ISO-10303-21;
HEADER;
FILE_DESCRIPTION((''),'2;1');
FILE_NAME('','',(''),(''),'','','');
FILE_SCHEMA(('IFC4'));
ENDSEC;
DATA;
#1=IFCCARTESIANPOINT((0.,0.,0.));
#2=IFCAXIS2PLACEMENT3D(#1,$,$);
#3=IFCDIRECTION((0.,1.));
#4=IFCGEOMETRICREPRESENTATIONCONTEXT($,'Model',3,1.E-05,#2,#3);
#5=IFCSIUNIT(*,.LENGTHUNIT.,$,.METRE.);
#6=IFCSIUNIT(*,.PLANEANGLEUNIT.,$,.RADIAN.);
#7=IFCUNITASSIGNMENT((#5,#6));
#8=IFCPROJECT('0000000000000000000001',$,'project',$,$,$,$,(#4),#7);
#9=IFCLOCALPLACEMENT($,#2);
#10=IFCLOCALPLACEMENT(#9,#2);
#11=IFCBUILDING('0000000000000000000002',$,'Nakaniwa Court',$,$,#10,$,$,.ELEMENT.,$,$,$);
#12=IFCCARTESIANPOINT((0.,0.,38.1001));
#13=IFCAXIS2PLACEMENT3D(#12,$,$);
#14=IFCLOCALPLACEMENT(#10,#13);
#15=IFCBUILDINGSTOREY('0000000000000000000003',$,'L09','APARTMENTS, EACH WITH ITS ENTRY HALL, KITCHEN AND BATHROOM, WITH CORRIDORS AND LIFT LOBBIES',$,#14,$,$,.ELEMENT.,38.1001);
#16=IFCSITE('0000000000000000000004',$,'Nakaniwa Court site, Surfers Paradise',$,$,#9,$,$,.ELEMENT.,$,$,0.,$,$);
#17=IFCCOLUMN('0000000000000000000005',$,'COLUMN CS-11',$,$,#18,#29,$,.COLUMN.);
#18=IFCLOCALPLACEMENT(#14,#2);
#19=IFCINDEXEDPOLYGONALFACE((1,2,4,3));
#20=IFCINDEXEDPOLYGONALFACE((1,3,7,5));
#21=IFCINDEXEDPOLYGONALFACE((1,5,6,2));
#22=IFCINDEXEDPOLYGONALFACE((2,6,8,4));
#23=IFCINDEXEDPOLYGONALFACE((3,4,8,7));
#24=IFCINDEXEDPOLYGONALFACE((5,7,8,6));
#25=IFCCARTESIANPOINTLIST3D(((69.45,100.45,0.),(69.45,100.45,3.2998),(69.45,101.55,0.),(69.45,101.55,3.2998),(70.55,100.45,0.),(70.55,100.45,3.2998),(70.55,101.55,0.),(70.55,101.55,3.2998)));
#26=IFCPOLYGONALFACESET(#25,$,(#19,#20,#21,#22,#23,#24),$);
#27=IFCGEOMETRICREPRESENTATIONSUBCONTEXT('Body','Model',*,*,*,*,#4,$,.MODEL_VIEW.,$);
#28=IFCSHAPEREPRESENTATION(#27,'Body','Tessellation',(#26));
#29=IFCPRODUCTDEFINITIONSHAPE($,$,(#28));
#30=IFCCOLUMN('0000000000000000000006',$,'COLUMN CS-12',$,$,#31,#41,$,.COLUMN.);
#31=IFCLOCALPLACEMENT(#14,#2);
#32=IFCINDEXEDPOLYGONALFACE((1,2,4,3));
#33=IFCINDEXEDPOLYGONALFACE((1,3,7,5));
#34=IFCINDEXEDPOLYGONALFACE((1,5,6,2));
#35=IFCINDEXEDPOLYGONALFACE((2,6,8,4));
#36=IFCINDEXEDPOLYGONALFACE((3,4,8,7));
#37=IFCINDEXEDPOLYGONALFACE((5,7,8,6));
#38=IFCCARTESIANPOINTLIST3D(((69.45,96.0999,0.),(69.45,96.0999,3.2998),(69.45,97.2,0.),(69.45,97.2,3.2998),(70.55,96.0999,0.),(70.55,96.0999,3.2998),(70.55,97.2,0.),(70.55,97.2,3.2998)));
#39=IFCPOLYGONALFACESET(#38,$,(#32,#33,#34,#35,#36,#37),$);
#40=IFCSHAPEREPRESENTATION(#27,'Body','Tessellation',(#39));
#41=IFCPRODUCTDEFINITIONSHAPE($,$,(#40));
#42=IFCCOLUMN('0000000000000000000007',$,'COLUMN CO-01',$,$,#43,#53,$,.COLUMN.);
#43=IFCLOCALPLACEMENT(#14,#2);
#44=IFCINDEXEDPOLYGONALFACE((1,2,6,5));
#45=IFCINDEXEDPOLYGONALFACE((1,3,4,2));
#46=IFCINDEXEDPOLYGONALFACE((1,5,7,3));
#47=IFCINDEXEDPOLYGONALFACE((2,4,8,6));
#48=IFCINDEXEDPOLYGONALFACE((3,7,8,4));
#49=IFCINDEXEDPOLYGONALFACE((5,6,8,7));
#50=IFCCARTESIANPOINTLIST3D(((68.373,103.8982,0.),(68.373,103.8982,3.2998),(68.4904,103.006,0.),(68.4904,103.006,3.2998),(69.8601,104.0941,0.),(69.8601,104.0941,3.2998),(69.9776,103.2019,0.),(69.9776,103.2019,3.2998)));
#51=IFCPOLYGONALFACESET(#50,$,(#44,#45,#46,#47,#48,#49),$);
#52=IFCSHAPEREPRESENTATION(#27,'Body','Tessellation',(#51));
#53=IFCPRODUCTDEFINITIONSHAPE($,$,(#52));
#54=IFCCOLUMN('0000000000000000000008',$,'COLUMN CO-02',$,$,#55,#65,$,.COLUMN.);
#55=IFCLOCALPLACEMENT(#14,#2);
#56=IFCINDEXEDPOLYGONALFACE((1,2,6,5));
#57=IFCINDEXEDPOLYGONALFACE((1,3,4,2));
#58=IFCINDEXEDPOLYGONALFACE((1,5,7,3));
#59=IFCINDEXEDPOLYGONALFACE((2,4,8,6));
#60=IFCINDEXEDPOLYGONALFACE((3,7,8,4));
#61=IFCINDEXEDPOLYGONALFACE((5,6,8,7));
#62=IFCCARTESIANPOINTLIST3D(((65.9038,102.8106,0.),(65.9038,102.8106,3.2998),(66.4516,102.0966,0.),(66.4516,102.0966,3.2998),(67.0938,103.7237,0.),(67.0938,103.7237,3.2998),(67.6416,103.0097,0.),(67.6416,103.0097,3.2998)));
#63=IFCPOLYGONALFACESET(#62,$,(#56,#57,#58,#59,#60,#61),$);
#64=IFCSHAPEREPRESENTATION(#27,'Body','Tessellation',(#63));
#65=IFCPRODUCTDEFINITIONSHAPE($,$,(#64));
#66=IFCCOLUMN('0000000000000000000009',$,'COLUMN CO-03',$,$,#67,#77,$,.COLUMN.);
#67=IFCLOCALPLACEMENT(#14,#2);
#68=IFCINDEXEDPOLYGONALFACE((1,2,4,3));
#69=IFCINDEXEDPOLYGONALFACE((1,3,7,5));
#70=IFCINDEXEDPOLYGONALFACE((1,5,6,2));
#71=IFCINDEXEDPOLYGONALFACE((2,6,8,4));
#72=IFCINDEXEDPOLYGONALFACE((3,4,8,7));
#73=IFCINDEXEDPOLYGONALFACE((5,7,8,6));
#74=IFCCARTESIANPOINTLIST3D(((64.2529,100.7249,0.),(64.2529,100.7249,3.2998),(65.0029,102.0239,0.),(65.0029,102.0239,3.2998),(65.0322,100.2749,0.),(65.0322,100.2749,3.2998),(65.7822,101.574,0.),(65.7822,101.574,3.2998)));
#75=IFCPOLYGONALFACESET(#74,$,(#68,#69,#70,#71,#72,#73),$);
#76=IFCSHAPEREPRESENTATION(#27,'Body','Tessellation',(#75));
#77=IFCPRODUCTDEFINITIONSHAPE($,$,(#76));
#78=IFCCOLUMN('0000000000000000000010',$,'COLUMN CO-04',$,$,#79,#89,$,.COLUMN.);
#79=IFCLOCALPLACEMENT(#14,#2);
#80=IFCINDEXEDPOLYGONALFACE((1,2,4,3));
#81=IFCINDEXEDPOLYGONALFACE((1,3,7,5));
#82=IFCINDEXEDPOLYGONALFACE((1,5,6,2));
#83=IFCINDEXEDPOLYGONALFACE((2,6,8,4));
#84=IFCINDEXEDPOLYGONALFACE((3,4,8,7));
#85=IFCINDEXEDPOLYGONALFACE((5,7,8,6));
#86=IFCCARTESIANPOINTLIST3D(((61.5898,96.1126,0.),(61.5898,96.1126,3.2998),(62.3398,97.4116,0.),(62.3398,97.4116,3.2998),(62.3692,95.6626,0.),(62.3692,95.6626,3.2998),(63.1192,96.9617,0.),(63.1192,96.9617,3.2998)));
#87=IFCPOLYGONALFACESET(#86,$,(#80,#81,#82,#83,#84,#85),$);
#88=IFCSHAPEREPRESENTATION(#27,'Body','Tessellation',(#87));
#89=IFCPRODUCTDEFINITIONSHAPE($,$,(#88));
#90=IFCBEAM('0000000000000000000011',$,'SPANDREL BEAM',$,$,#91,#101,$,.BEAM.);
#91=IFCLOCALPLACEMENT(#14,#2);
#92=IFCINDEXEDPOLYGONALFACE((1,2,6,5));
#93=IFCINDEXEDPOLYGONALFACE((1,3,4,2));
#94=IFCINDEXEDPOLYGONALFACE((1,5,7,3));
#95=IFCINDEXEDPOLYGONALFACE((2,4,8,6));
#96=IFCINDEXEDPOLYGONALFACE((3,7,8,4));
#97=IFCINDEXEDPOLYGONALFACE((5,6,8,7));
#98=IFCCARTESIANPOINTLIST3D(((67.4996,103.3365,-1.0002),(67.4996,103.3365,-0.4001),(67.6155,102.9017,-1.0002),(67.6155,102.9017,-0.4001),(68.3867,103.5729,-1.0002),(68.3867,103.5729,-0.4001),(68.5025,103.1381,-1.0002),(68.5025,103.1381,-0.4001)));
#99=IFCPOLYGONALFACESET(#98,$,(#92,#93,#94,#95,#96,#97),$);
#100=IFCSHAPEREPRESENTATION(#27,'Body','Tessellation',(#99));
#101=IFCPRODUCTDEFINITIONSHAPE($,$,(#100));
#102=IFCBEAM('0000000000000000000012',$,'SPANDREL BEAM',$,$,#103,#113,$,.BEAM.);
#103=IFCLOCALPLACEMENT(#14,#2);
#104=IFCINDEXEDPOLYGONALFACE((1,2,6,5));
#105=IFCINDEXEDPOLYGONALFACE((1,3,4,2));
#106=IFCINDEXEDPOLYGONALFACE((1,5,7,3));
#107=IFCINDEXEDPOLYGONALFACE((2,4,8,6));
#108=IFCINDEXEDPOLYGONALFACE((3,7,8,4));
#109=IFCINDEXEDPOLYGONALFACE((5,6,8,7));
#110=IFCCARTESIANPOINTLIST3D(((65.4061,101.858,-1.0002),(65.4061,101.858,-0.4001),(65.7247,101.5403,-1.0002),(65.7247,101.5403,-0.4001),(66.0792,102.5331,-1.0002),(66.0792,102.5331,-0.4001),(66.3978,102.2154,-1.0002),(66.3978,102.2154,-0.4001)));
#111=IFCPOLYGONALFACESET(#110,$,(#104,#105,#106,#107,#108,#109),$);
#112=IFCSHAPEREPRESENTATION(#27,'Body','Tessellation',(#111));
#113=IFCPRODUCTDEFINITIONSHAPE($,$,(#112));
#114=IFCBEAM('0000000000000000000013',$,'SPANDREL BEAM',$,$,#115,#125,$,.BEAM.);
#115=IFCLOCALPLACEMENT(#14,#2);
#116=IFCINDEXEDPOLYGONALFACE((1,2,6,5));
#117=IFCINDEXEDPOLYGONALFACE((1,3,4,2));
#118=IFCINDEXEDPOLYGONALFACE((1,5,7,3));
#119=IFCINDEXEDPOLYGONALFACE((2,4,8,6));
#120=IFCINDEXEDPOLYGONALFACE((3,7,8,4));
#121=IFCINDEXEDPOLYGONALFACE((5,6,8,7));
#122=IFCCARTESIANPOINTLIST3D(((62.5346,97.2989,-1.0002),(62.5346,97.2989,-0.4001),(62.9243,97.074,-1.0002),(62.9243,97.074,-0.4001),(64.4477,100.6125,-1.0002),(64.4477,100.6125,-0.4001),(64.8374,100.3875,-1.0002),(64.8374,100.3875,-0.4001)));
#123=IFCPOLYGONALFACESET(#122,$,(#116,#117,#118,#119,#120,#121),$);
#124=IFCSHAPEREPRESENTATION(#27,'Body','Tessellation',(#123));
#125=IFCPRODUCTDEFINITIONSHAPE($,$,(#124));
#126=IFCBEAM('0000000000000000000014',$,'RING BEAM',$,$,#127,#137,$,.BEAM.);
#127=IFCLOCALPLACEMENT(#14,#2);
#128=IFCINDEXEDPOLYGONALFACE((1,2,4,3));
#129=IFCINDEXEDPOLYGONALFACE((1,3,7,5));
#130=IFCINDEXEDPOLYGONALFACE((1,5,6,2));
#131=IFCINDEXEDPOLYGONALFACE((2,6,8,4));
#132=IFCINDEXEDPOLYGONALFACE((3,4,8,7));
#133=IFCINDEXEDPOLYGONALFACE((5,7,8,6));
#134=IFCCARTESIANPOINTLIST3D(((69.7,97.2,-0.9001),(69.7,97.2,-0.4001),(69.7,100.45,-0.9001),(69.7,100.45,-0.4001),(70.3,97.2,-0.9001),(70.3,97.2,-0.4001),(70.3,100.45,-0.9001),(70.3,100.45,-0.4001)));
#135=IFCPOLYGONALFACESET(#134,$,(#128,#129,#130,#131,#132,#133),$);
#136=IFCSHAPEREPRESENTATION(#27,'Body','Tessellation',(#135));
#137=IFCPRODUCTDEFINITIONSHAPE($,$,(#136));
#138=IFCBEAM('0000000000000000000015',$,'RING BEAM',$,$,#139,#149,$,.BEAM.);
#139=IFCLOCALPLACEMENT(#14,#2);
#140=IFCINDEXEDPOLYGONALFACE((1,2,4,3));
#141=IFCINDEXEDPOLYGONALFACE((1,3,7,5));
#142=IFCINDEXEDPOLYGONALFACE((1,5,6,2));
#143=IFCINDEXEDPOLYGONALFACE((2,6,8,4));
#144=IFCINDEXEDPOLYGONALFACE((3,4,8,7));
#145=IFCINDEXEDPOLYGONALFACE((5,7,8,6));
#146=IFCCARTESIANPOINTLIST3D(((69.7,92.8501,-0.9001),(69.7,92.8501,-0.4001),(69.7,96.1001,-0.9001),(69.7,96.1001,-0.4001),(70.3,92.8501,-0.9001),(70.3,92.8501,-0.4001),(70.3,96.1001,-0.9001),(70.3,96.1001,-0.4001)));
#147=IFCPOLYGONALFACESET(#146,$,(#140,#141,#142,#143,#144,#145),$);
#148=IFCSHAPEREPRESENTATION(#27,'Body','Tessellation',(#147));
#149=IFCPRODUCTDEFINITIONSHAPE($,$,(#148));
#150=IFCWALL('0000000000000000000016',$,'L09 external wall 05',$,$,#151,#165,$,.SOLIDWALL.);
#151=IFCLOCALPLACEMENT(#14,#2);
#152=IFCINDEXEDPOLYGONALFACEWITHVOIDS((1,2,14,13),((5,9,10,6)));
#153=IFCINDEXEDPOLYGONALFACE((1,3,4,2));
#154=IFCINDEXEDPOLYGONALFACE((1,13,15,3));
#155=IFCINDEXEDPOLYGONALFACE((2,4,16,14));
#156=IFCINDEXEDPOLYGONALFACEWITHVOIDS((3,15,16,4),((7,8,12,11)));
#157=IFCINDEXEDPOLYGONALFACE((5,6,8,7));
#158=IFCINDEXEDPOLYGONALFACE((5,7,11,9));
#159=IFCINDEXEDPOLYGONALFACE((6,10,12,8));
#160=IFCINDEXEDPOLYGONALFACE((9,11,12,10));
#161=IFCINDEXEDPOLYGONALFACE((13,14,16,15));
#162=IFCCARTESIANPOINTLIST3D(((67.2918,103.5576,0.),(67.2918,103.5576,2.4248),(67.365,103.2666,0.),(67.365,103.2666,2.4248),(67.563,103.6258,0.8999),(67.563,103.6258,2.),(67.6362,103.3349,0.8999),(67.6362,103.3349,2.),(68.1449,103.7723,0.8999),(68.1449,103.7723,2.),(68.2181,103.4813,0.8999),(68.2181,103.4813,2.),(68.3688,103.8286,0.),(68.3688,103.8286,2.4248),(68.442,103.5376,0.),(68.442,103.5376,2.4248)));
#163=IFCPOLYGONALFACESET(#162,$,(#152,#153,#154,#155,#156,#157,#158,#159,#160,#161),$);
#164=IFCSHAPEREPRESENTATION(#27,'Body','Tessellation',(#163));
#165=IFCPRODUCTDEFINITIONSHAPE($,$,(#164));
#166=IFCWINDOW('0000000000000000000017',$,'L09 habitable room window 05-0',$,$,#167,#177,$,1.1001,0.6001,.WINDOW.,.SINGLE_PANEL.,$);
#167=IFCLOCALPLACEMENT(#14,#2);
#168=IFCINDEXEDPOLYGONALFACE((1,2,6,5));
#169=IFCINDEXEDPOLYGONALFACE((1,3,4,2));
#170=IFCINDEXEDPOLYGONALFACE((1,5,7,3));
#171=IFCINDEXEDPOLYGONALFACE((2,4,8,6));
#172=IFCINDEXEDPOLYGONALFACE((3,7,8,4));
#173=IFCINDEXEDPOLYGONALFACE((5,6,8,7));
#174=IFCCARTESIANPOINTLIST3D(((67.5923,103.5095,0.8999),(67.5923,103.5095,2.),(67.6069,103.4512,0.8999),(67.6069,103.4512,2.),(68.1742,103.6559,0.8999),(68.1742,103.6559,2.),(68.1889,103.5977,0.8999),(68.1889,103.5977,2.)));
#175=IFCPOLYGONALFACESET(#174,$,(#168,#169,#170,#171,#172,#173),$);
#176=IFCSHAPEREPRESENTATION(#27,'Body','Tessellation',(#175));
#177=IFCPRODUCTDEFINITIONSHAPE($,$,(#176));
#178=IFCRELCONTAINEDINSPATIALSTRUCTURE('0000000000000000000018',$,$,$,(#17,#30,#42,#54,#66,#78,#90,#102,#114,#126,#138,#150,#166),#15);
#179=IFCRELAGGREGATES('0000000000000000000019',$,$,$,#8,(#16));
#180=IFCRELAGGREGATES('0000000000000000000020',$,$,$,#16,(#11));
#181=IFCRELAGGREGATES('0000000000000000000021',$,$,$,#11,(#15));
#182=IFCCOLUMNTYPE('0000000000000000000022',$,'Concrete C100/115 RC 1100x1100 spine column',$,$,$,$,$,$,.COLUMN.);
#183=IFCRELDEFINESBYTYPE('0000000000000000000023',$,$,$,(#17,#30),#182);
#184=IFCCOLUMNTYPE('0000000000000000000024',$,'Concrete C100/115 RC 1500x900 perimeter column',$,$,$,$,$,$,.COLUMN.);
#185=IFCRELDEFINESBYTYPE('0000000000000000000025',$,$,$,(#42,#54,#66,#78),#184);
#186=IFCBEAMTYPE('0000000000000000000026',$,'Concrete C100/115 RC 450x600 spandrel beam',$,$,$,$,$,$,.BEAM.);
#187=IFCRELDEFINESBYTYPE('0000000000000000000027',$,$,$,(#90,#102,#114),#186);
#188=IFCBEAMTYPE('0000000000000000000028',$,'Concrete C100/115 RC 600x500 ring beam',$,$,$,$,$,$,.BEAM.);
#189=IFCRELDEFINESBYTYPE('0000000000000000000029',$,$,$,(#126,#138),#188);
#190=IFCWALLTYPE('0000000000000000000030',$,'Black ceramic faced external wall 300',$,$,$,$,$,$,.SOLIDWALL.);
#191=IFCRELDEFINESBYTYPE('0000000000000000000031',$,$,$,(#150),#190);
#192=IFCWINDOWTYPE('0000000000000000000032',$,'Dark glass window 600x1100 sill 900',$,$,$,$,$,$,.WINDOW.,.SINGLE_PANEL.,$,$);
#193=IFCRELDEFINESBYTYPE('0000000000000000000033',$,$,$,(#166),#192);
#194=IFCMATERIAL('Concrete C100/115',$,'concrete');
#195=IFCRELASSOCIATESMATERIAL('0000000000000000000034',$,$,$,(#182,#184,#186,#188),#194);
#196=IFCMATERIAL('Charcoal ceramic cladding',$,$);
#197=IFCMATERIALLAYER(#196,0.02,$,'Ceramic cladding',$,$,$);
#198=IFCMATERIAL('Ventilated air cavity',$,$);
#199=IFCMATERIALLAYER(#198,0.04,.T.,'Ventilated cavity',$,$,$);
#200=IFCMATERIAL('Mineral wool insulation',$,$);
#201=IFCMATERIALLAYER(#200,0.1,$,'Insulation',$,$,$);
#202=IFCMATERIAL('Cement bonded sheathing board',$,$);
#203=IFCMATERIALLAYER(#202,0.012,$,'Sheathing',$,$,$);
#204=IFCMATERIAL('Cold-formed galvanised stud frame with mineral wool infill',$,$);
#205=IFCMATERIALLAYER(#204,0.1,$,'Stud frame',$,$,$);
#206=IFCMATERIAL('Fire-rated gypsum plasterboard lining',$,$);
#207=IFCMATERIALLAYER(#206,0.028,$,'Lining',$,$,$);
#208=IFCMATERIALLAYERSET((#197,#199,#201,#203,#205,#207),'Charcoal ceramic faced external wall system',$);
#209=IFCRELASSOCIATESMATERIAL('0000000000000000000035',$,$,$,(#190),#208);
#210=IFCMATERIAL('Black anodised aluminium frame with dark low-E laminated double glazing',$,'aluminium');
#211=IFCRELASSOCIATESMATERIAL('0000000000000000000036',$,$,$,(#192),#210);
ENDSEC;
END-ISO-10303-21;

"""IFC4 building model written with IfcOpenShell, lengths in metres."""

from ifc_helpers import new_model, si_unit, direction, frame, frame_2d, origin, origin_2d, place, context, subcontext, project, spatial, rectangle, extrude, material, layer, layer_set, material_profile, profile_set, type_object, element, fill, save


model = new_model("IFC4")

# Units and contexts
model_context = context("Model", 3, precision=1e-05, world=origin(), true_north=direction((0.0, 1.0)))
body_context = subcontext(model_context, "Body", "Model", "MODEL_VIEW")
ifc_project = project(units=[si_unit("LENGTHUNIT", "METRE"), si_unit("PLANEANGLEUNIT", "RADIAN")], contexts=[model_context])

# Site, building, storey
site_placement = place(None, origin())
site = spatial("IfcSite", under=ifc_project, at=site_placement, Name="Nakaniwa Court site, Surfers Paradise", CompositionType="ELEMENT", RefElevation=0.0)
building_placement = place(site_placement, origin())
building = spatial("IfcBuilding", under=site, at=building_placement, Name="Nakaniwa Court", CompositionType="ELEMENT")
storey_placement = place(building_placement, frame((0.0, 0.0, 38.1001)))
storey = spatial("IfcBuildingStorey", under=building, at=storey_placement, Name="L09", Description="APARTMENTS, EACH WITH ITS ENTRY HALL, KITCHEN AND BATHROOM, WITH CORRIDORS AND LIFT LOBBIES", CompositionType="ELEMENT", Elevation=38.1001)

# Columns
ifc_material_1 = material(Name="Concrete C100/115", Category="concrete")
ifc_material_profile_1 = material_profile(ifc_material_1, rectangle(XDim=1.1001, YDim=1.1001, at=origin_2d()), Name="Concrete C100/115 RC 1100x1100 spine column")
ifc_profile_set_1 = profile_set([ifc_material_profile_1], Name="Concrete C100/115")
column_type_1 = type_object("IfcColumnType", Name="Concrete C100/115 RC 1100x1100 spine column", PredefinedType="COLUMN", material=ifc_profile_set_1)
for number, where, z_axis, x_axis, name in (
    (1, (70.0, 101.0, 0.0), (0.0, 0.0, 1.0), (0.0, -1.0, 0.0), "COLUMN CS-11"),
    (2, (70.0, 96.6499, 0.0), (0.0, 0.0, 1.0), (0.0, -1.0, 0.0), "COLUMN CS-12"),
):
    element("IfcColumn", number, at=place(storey_placement, frame(where, z_axis=z_axis, x_axis=x_axis)), inside=storey, type_object=column_type_1, Name=name, PredefinedType="COLUMN", context=body_context, shape_type="SweptSolid", body=[
        extrude(rectangle(XDim=1.1001, YDim=1.1001, at=origin_2d()), origin(), (0.0, 0.0, 1.0), 3.2998),
    ])
ifc_material_profile_2 = material_profile(ifc_material_1, rectangle(XDim=1.5, YDim=0.8999, at=origin_2d()), Name="Concrete C100/115 RC 1500x900 perimeter column")
ifc_profile_set_2 = profile_set([ifc_material_profile_2], Name="Concrete C100/115")
column_type_2 = type_object("IfcColumnType", Name="Concrete C100/115 RC 1500x900 perimeter column", PredefinedType="COLUMN", material=ifc_profile_set_2)
for number, where, z_axis, x_axis, name in (
    (3, (69.1753, 103.55, 0.0), (0.0, 0.0, 1.0), (-0.991443, -0.130543, 0.0), "COLUMN CO-01"),
    (4, (66.7727, 102.9102, 0.0), (0.0, 0.0, 1.0), (-0.793364, -0.608748, 0.0), "COLUMN CO-02"),
    (5, (65.0176, 101.1494, 0.0), (0.0, 0.0, 1.0), (-0.5, -0.866025, 0.0), "COLUMN CO-03"),
    (6, (62.3545, 96.5371, 0.0), (0.0, 0.0, 1.0), (-0.5, -0.866025, 0.0), "COLUMN CO-04"),
):
    element("IfcColumn", number, at=place(storey_placement, frame(where, z_axis=z_axis, x_axis=x_axis)), inside=storey, type_object=column_type_2, Name=name, PredefinedType="COLUMN", context=body_context, shape_type="SweptSolid", body=[
        extrude(rectangle(XDim=1.5, YDim=0.8999, at=origin_2d()), origin(), (0.0, 0.0, 1.0), 3.2998),
    ])

# Beams
ifc_material_profile_3 = material_profile(ifc_material_1, rectangle(XDim=0.45, YDim=0.6001, at=origin_2d()), Name="Concrete C100/115 RC 450x600 spandrel beam")
ifc_profile_set_3 = profile_set([ifc_material_profile_3], Name="Concrete C100/115")
beam_type_1 = type_object("IfcBeamType", Name="Concrete C100/115 RC 450x600 spandrel beam", PredefinedType="BEAM", material=ifc_profile_set_3)
beam_1_placement = place(storey_placement, frame((68.4446, 103.3555, -0.7002), z_axis=(-0.966288, -0.257464, 0.0), x_axis=(0.257464, -0.966288, 0.0)))
element("IfcBeam", 7, at=beam_1_placement, inside=storey, type_object=beam_type_1, Name="SPANDREL BEAM", PredefinedType="BEAM", context=body_context, shape_type="SweptSolid", body=[
    extrude(rectangle(XDim=0.45, YDim=0.6001, at=origin_2d()), origin(), (0.0, 0.0, 1.0), 0.918),
])
beam_2_placement = place(storey_placement, frame((66.2385, 102.3743, -0.7002), z_axis=(-0.706082, -0.70813, 0.0), x_axis=(0.70813, -0.706082, 0.0)))
element("IfcBeam", 8, at=beam_2_placement, inside=storey, type_object=beam_type_1, Name="SPANDREL BEAM", PredefinedType="BEAM", context=body_context, shape_type="SweptSolid", body=[
    extrude(rectangle(XDim=0.45, YDim=0.6001, at=origin_2d()), origin(), (0.0, 0.0, 1.0), 0.9534),
])
beam_3_placement = place(storey_placement, frame((64.6426, 100.5, -0.7002), z_axis=(-0.50001, -0.86602, 0.0), x_axis=(0.86602, -0.50001, 0.0)))
element("IfcBeam", 9, at=beam_3_placement, inside=storey, type_object=beam_type_1, Name="SPANDREL BEAM", PredefinedType="BEAM", context=body_context, shape_type="SweptSolid", body=[
    extrude(rectangle(XDim=0.45, YDim=0.6001, at=origin_2d()), origin(), (0.0, 0.0, 1.0), 3.8262),
])
ifc_material_profile_4 = material_profile(ifc_material_1, rectangle(XDim=0.6001, YDim=0.5, at=origin_2d()), Name="Concrete C100/115 RC 600x500 ring beam")
ifc_profile_set_4 = profile_set([ifc_material_profile_4], Name="Concrete C100/115")
beam_type_2 = type_object("IfcBeamType", Name="Concrete C100/115 RC 600x500 ring beam", PredefinedType="BEAM", material=ifc_profile_set_4)
for number, where, z_axis, x_axis, name in (
    (10, (70.0, 100.45, -0.6501), (0.0, -1.0, 0.0), (1.0, 0.0, 0.0), "RING BEAM"),
    (11, (70.0, 96.1001, -0.6501), (0.0, -1.0, 0.0), (1.0, 0.0, 0.0), "RING BEAM"),
):
    element("IfcBeam", number, at=place(storey_placement, frame(where, z_axis=z_axis, x_axis=x_axis)), inside=storey, type_object=beam_type_2, Name=name, PredefinedType="BEAM", context=body_context, shape_type="SweptSolid", body=[
        extrude(rectangle(XDim=0.6001, YDim=0.5, at=origin_2d()), origin(), (0.0, 0.0, 1.0), 3.25),
    ])

# Wall, opening, window
ifc_material_2 = material(Name="Charcoal ceramic cladding")
ifc_layer_1 = layer(ifc_material_2, 0.02, Name="Ceramic cladding")
ifc_material_3 = material(Name="Ventilated air cavity")
ifc_layer_2 = layer(ifc_material_3, 0.04, ventilated=True, Name="Ventilated cavity")
ifc_material_4 = material(Name="Mineral wool insulation")
ifc_layer_3 = layer(ifc_material_4, 0.1, Name="Insulation")
ifc_material_5 = material(Name="Cement bonded sheathing board")
ifc_layer_4 = layer(ifc_material_5, 0.012, Name="Sheathing")
ifc_material_6 = material(Name="Cold-formed galvanised stud frame with mineral wool infill")
ifc_layer_5 = layer(ifc_material_6, 0.1, Name="Stud frame")
ifc_material_7 = material(Name="Fire-rated gypsum plasterboard lining")
ifc_layer_6 = layer(ifc_material_7, 0.028, Name="Lining")
ifc_layer_set = layer_set([ifc_layer_1, ifc_layer_2, ifc_layer_3, ifc_layer_4, ifc_layer_5, ifc_layer_6], Name="Charcoal ceramic faced external wall system")
wall_type = type_object("IfcWallType", Name="Black ceramic faced external wall 300", PredefinedType="SOLIDWALL", material=ifc_layer_set)
wall_1_placement = place(storey_placement, frame((68.4053, 103.6831, 0.0), z_axis=(0.0, 0.0, 1.0), x_axis=(-0.969766, -0.244036, 0.0)))
wall_1 = element("IfcWall", 12, at=wall_1_placement, inside=storey, type_object=wall_type, Name="L09 external wall 05", PredefinedType="SOLIDWALL", context=body_context, shape_type="SweptSolid", body=[
    extrude(rectangle(XDim=1.1106, YDim=0.3, at=frame_2d((0.5552, 0.0))), origin(), (0.0, 0.0, 1.0), 2.4248),
])
opening_1_placement = place(wall_1_placement, frame((0.2307, 0.0, 0.8999)))
opening_1 = element("IfcOpeningElement", 13, at=opening_1_placement, cuts=wall_1, PredefinedType="OPENING", context=body_context, shape_type="SweptSolid", body=[
    extrude(rectangle(XDim=0.6001, YDim=1.1001, at=frame_2d((0.3, 0.55))), frame((0.0, 0.1599, 0.0), z_axis=(0.0, -1.0, 0.0), x_axis=(1.0, 0.0, 0.0)), (0.0, 0.0, 1.0), 0.3201),
])
ifc_material_8 = material(Name="Black anodised aluminium frame with dark low-E laminated double glazing", Category="aluminium")
window_type_1 = type_object("IfcWindowType", Name="Dark glass window 600x1100 sill 900", PartitioningType="SINGLE_PANEL", PredefinedType="WINDOW", material=ifc_material_8)
window_1_placement = place(opening_1_placement, origin())
window_1 = element("IfcWindow", 14, at=window_1_placement, inside=storey, type_object=window_type_1, Name="L09 habitable room window 05-0", OverallHeight=1.1001, OverallWidth=0.6001, PartitioningType="SINGLE_PANEL", PredefinedType="WINDOW", context=body_context, shape_type="SweptSolid", body=[
    extrude(rectangle(XDim=0.6001, YDim=1.1001, at=frame_2d((0.3, 0.55))), frame((0.0, 0.03, 0.0), z_axis=(0.0, -1.0, 0.0), x_axis=(1.0, 0.0, 0.0)), (0.0, 0.0, 1.0), 0.0601),
])
fill(opening_1, window_1)

save(model, "model.ifc")
